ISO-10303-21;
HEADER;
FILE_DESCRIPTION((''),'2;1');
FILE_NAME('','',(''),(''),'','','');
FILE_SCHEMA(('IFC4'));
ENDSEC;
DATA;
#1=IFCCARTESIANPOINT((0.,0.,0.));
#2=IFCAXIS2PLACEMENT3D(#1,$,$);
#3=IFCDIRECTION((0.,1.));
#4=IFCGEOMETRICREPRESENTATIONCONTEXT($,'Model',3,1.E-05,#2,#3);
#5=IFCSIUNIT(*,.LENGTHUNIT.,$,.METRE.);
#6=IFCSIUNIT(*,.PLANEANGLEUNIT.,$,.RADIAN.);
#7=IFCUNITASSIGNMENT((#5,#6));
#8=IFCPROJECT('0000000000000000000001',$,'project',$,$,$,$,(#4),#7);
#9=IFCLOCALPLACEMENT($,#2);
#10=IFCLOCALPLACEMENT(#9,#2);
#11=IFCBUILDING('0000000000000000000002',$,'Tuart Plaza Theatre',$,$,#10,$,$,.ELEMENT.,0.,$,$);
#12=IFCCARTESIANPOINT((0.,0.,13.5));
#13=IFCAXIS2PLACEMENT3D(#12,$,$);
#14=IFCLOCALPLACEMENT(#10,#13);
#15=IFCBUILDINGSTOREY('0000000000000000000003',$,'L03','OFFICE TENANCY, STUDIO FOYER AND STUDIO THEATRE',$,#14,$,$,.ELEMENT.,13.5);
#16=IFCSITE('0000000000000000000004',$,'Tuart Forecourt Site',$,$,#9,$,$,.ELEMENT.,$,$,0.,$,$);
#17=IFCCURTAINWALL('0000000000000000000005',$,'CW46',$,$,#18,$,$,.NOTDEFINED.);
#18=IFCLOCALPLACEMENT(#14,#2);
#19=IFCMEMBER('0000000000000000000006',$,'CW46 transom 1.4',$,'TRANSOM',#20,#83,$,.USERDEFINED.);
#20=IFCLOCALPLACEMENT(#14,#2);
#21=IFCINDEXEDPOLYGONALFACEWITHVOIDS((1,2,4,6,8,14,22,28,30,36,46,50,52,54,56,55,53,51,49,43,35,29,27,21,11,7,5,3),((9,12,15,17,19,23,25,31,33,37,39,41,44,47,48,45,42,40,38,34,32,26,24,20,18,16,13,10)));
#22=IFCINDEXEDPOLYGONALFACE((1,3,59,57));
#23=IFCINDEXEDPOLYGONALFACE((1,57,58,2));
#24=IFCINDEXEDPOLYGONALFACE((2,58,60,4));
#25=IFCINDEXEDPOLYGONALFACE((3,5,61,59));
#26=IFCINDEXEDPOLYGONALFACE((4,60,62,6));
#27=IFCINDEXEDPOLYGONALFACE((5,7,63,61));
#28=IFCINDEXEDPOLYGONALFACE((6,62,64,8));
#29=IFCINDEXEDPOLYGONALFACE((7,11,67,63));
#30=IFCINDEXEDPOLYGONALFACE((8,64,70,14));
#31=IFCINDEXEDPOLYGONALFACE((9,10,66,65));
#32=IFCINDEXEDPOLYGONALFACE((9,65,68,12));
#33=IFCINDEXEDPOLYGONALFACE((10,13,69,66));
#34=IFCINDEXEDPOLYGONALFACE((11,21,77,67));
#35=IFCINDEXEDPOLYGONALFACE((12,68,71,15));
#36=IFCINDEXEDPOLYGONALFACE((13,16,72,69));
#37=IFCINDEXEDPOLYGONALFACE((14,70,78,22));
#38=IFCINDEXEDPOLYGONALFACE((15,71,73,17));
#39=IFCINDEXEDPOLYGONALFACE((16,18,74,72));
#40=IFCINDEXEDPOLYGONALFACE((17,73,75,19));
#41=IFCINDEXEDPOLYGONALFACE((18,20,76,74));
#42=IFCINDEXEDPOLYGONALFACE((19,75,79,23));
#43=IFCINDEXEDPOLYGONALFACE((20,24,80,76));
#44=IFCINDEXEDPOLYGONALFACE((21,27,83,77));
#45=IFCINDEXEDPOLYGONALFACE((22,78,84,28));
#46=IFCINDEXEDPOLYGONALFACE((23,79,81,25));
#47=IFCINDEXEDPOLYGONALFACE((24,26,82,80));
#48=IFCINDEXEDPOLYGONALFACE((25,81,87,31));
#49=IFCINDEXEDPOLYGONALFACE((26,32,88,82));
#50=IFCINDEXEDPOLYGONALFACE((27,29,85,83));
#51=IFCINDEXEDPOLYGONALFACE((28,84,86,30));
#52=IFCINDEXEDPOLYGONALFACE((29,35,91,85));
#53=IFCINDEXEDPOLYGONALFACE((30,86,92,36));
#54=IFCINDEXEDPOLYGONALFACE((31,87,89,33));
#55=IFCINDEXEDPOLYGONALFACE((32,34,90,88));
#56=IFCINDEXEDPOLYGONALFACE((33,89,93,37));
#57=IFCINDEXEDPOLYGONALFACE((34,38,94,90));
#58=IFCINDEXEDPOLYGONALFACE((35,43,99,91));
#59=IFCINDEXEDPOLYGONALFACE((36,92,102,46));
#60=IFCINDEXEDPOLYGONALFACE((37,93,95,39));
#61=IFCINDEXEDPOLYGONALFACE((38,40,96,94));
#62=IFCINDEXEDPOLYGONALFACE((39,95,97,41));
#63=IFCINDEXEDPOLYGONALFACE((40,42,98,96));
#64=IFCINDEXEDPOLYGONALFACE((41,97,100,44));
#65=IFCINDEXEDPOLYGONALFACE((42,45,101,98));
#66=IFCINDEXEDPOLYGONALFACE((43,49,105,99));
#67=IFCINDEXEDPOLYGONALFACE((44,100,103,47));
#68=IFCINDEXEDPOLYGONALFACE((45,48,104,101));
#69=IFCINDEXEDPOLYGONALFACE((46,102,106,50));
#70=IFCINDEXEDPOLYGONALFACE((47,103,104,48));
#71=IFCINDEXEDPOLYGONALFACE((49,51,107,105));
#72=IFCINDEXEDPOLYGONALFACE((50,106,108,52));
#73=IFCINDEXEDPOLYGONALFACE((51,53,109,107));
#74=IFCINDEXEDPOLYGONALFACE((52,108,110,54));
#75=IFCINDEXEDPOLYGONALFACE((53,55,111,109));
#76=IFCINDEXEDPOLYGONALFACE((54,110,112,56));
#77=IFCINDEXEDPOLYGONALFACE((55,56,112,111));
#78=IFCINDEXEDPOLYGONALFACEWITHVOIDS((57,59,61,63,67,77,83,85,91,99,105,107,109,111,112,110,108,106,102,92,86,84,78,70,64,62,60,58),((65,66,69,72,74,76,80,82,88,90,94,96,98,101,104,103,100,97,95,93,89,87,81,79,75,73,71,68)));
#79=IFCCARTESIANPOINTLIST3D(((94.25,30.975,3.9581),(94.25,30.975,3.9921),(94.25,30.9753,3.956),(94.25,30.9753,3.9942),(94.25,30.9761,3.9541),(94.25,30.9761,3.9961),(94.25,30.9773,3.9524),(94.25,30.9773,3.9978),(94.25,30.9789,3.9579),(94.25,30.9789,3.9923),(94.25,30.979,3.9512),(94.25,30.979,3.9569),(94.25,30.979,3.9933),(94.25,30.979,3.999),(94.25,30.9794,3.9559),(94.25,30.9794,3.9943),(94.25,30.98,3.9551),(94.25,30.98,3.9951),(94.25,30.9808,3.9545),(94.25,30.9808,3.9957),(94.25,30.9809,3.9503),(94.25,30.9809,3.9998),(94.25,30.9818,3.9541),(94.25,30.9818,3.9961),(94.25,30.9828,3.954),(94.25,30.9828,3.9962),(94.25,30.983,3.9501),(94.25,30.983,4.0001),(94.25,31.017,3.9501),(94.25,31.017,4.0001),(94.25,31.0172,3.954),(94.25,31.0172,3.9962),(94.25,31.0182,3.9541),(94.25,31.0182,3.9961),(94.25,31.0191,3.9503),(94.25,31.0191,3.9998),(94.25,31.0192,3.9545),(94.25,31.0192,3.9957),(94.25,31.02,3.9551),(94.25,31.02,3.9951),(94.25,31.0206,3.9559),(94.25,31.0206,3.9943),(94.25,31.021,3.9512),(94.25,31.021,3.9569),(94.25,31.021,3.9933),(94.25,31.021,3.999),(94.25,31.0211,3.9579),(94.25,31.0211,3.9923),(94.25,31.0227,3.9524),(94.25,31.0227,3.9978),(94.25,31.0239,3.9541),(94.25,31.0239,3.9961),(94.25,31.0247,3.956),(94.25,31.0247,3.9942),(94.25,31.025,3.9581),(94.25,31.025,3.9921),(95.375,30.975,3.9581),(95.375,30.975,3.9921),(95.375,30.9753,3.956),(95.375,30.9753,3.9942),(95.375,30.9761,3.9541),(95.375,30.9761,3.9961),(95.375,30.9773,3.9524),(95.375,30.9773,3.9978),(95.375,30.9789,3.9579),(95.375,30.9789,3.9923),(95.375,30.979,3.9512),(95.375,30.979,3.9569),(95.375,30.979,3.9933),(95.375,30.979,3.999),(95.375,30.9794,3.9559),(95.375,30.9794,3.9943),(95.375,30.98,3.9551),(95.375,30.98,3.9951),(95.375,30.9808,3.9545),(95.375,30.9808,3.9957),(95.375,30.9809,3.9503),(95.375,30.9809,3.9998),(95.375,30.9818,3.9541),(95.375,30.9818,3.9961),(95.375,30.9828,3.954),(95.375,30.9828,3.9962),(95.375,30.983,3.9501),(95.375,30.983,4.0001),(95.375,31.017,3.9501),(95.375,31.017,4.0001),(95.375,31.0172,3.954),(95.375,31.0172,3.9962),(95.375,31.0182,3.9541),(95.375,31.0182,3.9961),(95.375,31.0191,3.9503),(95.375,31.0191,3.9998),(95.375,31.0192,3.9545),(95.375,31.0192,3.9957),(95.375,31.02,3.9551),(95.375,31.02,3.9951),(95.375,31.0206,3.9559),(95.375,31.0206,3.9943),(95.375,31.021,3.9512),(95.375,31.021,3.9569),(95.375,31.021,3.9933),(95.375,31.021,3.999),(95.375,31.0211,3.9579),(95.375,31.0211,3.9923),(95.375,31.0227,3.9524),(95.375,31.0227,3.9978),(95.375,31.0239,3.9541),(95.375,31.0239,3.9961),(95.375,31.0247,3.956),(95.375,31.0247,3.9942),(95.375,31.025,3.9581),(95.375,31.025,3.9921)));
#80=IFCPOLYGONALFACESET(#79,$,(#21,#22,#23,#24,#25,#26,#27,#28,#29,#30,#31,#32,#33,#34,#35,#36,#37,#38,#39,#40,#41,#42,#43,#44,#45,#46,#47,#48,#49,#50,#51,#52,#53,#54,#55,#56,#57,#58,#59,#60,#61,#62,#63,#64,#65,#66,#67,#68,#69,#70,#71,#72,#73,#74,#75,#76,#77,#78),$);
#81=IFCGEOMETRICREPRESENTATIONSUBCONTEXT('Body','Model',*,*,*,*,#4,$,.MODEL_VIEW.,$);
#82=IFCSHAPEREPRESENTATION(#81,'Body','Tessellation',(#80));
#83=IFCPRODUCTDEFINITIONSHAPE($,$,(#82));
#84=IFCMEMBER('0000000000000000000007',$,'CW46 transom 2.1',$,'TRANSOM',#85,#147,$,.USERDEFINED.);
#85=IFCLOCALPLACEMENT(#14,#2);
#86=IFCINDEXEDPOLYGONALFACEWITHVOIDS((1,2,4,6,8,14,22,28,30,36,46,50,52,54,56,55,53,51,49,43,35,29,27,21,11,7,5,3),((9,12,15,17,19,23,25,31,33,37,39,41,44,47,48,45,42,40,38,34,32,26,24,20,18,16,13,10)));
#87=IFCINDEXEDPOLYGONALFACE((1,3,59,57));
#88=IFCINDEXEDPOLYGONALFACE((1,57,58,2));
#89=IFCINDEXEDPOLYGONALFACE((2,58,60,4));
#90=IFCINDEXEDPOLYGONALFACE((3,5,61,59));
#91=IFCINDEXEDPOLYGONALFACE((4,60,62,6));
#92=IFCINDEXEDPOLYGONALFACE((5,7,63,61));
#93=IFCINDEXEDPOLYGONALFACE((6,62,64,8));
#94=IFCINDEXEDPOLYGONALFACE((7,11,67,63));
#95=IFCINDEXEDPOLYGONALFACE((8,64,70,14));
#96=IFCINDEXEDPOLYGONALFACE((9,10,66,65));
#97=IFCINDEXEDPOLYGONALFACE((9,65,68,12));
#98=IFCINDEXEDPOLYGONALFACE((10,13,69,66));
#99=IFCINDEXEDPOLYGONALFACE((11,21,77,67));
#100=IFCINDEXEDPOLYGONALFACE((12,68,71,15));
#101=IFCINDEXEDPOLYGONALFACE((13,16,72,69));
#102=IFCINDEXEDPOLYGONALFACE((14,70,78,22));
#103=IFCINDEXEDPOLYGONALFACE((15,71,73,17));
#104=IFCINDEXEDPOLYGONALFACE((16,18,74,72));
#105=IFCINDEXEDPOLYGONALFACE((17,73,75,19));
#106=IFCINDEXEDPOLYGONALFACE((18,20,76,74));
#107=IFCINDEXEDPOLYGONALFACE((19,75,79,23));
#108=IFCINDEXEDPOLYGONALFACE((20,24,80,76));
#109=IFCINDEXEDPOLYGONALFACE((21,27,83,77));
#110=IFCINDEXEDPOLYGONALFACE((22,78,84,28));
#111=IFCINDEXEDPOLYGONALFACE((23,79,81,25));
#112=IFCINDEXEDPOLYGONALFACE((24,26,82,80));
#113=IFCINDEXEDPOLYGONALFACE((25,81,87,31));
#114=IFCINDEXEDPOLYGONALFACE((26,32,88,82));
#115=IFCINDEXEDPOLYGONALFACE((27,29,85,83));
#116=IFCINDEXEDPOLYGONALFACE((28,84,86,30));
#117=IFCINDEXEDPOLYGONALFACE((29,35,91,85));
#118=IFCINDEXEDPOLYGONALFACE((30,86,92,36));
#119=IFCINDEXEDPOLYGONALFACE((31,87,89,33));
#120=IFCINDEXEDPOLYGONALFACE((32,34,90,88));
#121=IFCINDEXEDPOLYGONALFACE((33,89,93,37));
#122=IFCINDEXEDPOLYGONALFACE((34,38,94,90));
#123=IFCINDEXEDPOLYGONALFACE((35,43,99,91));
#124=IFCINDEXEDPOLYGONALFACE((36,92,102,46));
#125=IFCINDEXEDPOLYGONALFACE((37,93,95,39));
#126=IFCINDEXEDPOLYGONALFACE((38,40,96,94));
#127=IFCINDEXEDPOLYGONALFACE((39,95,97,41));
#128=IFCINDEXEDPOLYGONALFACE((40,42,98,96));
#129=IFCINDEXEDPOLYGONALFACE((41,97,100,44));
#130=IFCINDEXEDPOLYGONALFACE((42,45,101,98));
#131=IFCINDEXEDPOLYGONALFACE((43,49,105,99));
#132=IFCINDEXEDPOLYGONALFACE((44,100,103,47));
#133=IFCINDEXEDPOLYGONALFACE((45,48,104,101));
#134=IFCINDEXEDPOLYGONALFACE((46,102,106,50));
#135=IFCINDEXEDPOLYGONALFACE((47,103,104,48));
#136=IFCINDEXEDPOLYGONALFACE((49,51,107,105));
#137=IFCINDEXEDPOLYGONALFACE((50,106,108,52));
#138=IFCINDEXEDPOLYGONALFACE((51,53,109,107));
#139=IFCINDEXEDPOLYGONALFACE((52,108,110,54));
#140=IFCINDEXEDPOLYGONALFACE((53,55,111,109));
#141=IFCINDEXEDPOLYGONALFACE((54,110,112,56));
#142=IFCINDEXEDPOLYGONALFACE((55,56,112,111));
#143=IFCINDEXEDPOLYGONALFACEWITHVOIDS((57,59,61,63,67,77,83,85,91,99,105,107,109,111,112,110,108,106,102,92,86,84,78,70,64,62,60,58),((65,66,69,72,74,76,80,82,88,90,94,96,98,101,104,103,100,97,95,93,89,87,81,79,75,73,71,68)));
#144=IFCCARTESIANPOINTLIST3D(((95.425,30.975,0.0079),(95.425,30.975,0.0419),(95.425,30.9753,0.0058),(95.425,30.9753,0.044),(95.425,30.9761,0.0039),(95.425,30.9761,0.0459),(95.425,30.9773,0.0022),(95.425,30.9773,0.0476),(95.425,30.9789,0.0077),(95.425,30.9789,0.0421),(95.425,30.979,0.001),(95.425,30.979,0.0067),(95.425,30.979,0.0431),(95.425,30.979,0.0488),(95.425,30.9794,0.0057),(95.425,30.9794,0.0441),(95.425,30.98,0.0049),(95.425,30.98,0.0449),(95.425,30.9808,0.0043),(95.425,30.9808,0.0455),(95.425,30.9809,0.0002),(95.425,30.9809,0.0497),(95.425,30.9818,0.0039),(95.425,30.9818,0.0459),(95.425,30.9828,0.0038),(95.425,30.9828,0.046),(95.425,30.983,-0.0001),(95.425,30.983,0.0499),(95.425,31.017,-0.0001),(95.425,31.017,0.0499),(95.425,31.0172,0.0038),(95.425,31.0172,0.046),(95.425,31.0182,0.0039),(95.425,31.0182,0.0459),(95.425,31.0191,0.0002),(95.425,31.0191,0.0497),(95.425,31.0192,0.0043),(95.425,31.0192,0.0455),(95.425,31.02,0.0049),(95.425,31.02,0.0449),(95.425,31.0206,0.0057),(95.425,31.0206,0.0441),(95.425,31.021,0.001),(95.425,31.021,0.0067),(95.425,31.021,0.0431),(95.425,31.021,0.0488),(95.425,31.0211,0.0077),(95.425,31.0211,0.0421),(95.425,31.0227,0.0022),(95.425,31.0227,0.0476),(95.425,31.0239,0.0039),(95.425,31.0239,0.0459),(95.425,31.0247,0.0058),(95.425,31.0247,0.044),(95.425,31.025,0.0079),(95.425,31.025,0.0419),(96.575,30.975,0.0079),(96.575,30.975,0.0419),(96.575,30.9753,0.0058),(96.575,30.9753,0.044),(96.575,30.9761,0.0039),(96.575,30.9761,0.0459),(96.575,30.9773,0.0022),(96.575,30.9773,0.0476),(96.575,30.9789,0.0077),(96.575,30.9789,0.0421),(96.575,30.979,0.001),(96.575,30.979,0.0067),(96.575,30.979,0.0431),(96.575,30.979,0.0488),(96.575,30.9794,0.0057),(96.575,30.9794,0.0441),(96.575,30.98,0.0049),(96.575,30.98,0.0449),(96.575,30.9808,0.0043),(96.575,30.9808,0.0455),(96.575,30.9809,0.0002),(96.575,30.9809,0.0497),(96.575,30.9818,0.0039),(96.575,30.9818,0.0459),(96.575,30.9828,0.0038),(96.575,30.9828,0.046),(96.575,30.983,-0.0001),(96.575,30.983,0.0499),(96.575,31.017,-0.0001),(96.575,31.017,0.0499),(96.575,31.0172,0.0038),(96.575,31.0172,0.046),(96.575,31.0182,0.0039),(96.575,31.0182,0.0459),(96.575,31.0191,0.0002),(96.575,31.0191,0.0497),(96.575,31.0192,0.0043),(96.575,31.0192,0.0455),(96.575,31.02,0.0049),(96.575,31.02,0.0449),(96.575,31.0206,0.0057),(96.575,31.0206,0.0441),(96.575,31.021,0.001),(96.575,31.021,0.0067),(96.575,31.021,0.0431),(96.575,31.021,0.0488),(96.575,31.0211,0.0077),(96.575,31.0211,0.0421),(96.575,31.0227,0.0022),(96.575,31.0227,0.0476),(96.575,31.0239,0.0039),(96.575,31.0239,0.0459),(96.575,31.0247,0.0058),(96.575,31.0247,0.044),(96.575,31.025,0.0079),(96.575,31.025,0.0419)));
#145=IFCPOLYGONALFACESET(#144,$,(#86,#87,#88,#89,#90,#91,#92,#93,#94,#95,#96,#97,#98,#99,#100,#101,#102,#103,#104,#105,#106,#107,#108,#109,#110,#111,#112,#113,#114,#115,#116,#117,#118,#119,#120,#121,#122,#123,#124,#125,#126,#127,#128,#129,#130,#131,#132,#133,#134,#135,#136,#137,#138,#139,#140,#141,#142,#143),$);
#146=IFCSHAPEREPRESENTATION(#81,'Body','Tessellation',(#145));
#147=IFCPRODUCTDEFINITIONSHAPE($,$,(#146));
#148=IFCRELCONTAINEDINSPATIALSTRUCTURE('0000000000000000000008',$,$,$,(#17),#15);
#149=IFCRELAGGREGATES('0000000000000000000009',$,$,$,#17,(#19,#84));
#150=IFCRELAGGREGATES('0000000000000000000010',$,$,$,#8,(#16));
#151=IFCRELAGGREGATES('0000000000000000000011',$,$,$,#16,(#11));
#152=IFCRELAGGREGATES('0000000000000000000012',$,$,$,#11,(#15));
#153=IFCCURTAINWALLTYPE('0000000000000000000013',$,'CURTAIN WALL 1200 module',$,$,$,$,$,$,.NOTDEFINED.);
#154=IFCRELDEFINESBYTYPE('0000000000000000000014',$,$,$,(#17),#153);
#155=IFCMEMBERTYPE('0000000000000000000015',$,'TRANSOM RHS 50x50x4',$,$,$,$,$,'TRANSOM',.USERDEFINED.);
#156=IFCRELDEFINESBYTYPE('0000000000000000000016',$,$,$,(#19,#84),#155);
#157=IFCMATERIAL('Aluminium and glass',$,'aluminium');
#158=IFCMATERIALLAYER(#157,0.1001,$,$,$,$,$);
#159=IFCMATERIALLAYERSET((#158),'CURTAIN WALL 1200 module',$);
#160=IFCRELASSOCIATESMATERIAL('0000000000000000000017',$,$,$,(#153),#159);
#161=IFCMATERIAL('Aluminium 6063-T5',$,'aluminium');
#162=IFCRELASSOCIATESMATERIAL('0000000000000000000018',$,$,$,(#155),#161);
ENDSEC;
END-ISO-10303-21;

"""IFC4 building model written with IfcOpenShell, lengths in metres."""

from ifc_helpers import new_model, si_unit, direction, frame, origin, origin_2d, place, context, subcontext, project, spatial, hollow_rectangle, extrude, material, layer, layer_set, material_profile, profile_set, type_object, element, aggregate, save


model = new_model("IFC4")

# Units and contexts
model_context = context("Model", 3, precision=1e-05, world=origin(), true_north=direction((0.0, 1.0)))
body_context = subcontext(model_context, "Body", "Model", "MODEL_VIEW")
ifc_project = project(units=[si_unit("LENGTHUNIT", "METRE"), si_unit("PLANEANGLEUNIT", "RADIAN")], contexts=[model_context])

# Site, building, storey
site_placement = place(None, origin())
site = spatial("IfcSite", under=ifc_project, at=site_placement, Name="Tuart Forecourt Site", CompositionType="ELEMENT", RefElevation=0.0)
building_placement = place(site_placement, origin())
building = spatial("IfcBuilding", under=site, at=building_placement, Name="Tuart Plaza Theatre", CompositionType="ELEMENT", ElevationOfRefHeight=0.0)
storey_placement = place(building_placement, frame((0.0, 0.0, 13.5)))
storey = spatial("IfcBuildingStorey", under=building, at=storey_placement, Name="L03", Description="OFFICE TENANCY, STUDIO FOYER AND STUDIO THEATRE", CompositionType="ELEMENT", Elevation=13.5)

# Curtain wall, members
ifc_material_1 = material(Name="Aluminium and glass", Category="aluminium")
ifc_layer_1 = layer(ifc_material_1, 0.1001)
ifc_layer_set_1 = layer_set([ifc_layer_1], Name="CURTAIN WALL 1200 module")
curtain_wall_type = type_object("IfcCurtainWallType", Name="CURTAIN WALL 1200 module", PredefinedType="NOTDEFINED", material=ifc_layer_set_1)
curtain_wall_placement = place(storey_placement, origin())
curtain_wall = element("IfcCurtainWall", 1, at=curtain_wall_placement, inside=storey, type_object=curtain_wall_type, Name="CW46", PredefinedType="NOTDEFINED")
ifc_material_2 = material(Name="Aluminium 6063-T5", Category="aluminium")
ifc_material_profile_1 = material_profile(ifc_material_2, hollow_rectangle(XDim=0.05, YDim=0.05, WallThickness=0.0039, InnerFilletRadius=0.0039, OuterFilletRadius=0.0081, at=origin_2d()), Name="RHS 50x50x4")
ifc_profile_set_1 = profile_set([ifc_material_profile_1], Name="Aluminium 6063-T5")
member_type_1 = type_object("IfcMemberType", Name="TRANSOM RHS 50x50x4", ElementType="TRANSOM", PredefinedType="USERDEFINED", material=ifc_profile_set_1)
member_1_placement = place(storey_placement, frame((94.25, 31.0, 3.9751), z_axis=(1.0, 0.0, 0.0), x_axis=(0.0, 1.0, 0.0)))
member_1 = element("IfcMember", 2, at=member_1_placement, type_object=member_type_1, Name="CW46 transom 1.4", ObjectType="TRANSOM", PredefinedType="USERDEFINED", context=body_context, shape_type="SweptSolid", body=[
    extrude(hollow_rectangle(XDim=0.05, YDim=0.05, WallThickness=0.0039, InnerFilletRadius=0.0039, OuterFilletRadius=0.0081, at=origin_2d()), origin(), (0.0, 0.0, 1.0), 1.125),
])
member_2_placement = place(storey_placement, frame((95.425, 31.0, 0.0249), z_axis=(1.0, 0.0, 0.0), x_axis=(0.0, 1.0, 0.0)))
member_2 = element("IfcMember", 3, at=member_2_placement, type_object=member_type_1, Name="CW46 transom 2.1", ObjectType="TRANSOM", PredefinedType="USERDEFINED", context=body_context, shape_type="SweptSolid", body=[
    extrude(hollow_rectangle(XDim=0.05, YDim=0.05, WallThickness=0.0039, InnerFilletRadius=0.0039, OuterFilletRadius=0.0081, at=origin_2d()), origin(), (0.0, 0.0, 1.0), 1.1499),
])
aggregate(curtain_wall, [member_1, member_2])

save(model, "model.ifc")
